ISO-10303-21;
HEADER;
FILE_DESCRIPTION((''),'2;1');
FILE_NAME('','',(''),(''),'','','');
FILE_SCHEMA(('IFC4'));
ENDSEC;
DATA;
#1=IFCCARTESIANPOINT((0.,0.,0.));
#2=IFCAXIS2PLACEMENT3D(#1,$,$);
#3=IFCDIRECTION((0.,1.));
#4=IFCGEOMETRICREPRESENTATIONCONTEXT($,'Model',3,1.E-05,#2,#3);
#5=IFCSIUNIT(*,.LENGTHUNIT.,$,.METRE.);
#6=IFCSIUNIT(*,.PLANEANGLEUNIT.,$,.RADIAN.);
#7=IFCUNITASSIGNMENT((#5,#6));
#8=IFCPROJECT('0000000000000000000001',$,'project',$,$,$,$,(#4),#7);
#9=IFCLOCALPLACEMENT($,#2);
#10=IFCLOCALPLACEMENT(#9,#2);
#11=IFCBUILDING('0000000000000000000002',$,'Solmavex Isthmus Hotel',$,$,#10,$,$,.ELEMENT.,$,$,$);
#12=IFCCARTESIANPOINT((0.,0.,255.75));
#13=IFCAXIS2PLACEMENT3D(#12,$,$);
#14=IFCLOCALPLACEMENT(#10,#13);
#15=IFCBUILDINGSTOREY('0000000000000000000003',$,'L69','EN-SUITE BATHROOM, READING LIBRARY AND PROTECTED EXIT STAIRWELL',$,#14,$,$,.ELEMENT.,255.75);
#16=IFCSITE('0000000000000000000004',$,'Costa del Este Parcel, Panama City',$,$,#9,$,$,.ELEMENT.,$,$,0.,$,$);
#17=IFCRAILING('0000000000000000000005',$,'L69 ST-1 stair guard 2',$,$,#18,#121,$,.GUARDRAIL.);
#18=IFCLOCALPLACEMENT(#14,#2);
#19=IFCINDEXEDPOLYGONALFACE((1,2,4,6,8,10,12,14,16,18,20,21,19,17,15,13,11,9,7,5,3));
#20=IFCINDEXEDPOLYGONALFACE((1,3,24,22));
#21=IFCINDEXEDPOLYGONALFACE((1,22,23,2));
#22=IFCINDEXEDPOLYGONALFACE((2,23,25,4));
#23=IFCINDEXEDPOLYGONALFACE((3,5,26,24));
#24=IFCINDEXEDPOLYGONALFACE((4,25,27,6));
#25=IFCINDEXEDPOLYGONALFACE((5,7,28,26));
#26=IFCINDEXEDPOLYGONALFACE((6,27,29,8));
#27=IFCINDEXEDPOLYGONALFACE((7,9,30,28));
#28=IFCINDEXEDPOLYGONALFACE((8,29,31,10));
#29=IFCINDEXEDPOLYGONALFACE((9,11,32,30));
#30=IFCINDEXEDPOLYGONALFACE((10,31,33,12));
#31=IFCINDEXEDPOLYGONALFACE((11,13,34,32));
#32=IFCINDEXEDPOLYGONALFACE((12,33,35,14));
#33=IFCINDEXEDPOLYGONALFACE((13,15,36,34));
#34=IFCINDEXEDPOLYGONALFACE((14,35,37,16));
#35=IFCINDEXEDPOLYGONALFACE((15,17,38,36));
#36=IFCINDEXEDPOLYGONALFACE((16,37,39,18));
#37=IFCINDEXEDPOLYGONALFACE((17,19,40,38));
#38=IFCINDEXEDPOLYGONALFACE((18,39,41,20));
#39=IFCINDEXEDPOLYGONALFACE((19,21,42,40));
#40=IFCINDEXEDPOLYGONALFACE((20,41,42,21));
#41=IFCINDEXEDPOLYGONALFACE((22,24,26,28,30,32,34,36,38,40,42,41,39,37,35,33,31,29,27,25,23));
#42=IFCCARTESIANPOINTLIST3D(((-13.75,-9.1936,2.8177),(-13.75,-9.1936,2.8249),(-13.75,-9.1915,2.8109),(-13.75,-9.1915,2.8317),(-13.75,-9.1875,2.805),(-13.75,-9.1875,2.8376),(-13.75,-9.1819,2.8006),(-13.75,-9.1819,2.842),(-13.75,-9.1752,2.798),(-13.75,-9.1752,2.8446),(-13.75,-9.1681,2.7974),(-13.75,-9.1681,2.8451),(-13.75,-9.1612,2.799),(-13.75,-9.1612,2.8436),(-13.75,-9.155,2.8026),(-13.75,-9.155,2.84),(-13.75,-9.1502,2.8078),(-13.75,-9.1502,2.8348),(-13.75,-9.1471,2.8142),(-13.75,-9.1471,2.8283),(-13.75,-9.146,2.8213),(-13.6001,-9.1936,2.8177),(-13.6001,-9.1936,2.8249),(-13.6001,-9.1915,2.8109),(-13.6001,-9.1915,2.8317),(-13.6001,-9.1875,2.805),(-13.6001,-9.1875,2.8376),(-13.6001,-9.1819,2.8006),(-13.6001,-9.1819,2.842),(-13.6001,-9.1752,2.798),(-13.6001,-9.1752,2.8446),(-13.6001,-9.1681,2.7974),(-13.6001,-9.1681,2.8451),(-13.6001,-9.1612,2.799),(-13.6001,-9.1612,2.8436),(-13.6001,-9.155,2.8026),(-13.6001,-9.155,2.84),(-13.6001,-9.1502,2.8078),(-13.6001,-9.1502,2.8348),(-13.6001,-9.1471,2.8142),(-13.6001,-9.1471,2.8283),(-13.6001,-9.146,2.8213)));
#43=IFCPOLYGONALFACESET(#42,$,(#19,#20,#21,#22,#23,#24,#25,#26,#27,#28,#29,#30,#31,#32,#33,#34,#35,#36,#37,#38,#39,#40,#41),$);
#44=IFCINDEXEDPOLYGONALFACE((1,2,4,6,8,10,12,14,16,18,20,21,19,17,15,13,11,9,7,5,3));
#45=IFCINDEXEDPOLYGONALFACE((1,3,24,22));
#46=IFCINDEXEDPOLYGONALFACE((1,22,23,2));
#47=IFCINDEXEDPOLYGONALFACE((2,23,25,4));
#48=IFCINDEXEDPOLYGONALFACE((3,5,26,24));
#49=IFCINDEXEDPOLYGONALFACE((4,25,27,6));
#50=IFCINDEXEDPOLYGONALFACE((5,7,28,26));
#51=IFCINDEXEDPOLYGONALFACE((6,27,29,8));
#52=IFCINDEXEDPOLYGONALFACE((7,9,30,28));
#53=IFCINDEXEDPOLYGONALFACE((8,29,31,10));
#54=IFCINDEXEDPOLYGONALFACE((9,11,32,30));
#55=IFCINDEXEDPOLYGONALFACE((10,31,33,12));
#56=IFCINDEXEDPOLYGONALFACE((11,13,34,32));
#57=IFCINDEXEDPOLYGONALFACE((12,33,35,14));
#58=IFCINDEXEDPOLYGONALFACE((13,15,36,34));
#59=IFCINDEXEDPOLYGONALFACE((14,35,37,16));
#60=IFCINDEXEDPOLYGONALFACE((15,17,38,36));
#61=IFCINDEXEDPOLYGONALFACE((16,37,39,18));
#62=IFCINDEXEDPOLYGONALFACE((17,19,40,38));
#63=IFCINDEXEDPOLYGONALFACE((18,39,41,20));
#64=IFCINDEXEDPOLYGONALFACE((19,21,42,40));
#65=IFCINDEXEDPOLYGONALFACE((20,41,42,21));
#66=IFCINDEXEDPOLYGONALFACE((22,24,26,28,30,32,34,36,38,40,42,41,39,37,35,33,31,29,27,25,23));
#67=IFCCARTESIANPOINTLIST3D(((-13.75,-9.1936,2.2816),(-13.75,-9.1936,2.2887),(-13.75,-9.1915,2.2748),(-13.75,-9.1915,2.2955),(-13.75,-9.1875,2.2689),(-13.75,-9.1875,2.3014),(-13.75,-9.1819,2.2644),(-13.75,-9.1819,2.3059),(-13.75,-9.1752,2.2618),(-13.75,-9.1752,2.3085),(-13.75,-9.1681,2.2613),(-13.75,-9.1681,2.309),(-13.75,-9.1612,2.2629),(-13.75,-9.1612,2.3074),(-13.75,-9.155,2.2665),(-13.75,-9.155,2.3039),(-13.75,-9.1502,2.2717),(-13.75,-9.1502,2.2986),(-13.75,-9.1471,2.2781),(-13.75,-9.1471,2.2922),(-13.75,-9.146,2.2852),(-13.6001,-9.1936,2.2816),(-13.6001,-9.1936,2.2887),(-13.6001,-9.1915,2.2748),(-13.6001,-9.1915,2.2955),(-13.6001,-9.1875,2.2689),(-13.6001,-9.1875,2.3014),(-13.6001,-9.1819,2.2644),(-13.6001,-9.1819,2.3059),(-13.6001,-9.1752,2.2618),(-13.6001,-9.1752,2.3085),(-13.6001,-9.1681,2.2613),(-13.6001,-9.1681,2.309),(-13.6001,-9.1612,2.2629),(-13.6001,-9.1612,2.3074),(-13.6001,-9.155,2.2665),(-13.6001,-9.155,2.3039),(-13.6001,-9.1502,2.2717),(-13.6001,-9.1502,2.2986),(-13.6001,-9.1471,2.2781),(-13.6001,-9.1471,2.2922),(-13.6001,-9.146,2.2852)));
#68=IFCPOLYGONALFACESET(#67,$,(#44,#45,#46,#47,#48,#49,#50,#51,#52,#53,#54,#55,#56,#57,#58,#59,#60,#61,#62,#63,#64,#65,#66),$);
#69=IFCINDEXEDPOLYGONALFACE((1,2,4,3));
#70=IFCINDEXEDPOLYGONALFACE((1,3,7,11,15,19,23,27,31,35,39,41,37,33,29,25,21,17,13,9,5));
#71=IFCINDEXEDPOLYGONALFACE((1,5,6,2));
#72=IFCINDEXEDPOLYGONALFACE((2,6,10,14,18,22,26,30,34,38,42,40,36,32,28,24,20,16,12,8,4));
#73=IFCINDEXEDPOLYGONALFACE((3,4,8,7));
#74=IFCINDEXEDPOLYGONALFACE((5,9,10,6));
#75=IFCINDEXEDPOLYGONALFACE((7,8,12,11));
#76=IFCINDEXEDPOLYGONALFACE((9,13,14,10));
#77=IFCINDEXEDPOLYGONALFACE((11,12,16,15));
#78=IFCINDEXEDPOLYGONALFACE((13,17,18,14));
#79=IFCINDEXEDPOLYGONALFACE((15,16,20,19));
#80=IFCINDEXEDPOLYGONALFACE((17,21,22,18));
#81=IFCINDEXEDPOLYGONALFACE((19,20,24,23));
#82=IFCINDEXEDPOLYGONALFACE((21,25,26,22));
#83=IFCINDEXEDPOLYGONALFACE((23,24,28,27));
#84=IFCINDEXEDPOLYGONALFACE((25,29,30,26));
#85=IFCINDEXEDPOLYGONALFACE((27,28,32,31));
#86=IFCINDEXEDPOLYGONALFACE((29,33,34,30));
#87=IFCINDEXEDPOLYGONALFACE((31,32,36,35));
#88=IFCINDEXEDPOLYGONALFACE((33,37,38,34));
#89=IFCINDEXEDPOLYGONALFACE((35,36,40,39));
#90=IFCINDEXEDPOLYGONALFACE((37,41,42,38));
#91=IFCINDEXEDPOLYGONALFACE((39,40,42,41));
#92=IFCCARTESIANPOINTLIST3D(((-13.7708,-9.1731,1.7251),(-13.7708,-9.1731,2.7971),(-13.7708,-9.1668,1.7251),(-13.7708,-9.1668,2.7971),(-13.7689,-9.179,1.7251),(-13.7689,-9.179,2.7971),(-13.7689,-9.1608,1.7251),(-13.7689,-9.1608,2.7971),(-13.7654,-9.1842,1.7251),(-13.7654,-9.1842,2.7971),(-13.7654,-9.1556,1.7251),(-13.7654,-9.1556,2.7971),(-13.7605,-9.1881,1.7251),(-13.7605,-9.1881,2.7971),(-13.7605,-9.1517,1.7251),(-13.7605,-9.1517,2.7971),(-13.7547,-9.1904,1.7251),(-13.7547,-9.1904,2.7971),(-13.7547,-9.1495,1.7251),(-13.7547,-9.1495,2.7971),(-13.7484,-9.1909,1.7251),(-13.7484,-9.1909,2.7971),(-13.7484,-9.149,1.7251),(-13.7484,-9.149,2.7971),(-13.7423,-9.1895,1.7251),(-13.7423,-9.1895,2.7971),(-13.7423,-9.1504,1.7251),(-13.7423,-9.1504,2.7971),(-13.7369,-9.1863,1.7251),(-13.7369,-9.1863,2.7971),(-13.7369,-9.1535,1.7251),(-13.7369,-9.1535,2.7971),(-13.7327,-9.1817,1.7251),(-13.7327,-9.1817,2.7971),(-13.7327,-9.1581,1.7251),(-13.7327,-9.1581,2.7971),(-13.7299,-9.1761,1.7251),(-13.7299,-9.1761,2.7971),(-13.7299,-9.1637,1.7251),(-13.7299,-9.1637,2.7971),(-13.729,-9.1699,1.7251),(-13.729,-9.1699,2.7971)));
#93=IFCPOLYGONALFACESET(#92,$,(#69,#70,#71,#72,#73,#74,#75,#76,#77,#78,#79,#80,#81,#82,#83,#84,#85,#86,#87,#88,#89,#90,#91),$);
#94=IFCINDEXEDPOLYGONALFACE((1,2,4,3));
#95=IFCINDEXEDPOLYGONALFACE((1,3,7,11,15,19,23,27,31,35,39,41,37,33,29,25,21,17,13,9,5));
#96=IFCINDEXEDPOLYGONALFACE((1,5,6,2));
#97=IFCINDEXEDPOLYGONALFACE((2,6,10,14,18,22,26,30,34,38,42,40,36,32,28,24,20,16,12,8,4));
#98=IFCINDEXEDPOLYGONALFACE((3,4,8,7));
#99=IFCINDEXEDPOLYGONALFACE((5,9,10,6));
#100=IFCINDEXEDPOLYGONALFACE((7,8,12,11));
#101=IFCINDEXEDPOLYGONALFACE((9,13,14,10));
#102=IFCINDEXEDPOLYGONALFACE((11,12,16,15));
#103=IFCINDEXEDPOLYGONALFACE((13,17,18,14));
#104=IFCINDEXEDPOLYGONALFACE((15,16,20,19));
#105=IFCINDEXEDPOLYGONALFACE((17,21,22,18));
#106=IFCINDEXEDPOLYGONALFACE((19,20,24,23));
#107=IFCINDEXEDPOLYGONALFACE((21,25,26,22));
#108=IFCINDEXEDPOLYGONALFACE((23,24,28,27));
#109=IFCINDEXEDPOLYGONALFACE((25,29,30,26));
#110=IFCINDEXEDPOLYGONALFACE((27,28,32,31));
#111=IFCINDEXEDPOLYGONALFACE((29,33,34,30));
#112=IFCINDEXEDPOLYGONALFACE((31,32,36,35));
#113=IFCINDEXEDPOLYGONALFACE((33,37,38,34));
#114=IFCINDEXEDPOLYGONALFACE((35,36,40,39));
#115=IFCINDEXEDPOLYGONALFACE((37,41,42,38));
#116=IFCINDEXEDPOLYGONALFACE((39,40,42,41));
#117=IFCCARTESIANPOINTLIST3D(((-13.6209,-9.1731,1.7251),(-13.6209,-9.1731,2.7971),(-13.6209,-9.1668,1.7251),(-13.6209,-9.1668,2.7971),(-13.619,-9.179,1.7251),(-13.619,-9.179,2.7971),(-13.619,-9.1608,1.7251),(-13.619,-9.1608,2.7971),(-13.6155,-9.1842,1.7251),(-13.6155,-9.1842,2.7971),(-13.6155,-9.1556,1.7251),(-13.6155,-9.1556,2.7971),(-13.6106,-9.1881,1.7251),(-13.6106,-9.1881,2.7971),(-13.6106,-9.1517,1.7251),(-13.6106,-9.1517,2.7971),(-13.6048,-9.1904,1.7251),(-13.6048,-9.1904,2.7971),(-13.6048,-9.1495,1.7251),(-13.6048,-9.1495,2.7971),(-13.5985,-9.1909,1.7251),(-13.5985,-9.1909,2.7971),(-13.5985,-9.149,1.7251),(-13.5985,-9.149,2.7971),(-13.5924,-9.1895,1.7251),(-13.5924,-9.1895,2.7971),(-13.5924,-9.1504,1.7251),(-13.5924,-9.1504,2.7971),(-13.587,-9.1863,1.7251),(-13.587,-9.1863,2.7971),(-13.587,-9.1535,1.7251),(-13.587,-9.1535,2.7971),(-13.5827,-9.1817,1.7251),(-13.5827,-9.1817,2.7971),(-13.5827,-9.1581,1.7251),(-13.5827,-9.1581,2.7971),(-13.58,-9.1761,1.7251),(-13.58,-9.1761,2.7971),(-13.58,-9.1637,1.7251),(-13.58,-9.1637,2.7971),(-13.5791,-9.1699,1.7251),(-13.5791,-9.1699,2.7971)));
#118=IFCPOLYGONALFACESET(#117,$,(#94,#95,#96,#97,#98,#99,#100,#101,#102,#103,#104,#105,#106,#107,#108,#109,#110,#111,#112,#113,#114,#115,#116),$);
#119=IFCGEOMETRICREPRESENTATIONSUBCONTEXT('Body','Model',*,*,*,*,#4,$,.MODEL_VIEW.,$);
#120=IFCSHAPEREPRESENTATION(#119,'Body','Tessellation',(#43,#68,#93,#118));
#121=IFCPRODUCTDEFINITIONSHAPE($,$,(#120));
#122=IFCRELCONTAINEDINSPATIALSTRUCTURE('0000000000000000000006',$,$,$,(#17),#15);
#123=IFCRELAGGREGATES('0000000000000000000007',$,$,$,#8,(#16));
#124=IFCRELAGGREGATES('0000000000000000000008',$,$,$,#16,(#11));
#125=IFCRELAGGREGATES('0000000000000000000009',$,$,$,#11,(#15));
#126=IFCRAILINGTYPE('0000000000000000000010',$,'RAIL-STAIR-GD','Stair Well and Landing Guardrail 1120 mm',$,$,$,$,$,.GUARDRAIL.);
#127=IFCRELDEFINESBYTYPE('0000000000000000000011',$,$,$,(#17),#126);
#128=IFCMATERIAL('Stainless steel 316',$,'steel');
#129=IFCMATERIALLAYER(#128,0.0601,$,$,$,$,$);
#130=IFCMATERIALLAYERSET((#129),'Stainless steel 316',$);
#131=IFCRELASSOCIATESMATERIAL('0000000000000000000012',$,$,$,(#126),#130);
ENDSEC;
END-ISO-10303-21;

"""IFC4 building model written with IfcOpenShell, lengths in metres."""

from ifc_helpers import new_model, si_unit, direction, frame, origin, origin_2d, place, context, subcontext, project, spatial, circle, extrude, material, layer, layer_set, type_object, element, save


model = new_model("IFC4")

# Units and contexts
model_context = context("Model", 3, precision=1e-05, world=origin(), true_north=direction((0.0, 1.0)))
body_context = subcontext(model_context, "Body", "Model", "MODEL_VIEW")
ifc_project = project(units=[si_unit("LENGTHUNIT", "METRE"), si_unit("PLANEANGLEUNIT", "RADIAN")], contexts=[model_context])

# Site, building, storey
site_placement = place(None, origin())
site = spatial("IfcSite", under=ifc_project, at=site_placement, Name="Costa del Este Parcel, Panama City", CompositionType="ELEMENT", RefElevation=0.0)
building_placement = place(site_placement, origin())
building = spatial("IfcBuilding", under=site, at=building_placement, Name="Solmavex Isthmus Hotel", CompositionType="ELEMENT")
storey_placement = place(building_placement, frame((0.0, 0.0, 255.75)))
storey = spatial("IfcBuildingStorey", under=building, at=storey_placement, Name="L69", Description="EN-SUITE BATHROOM, READING LIBRARY AND PROTECTED EXIT STAIRWELL", CompositionType="ELEMENT", Elevation=255.75)

# Railing
ifc_material_1 = material(Name="Stainless steel 316", Category="steel")
ifc_layer_1 = layer(ifc_material_1, 0.0601)
ifc_layer_set_1 = layer_set([ifc_layer_1], Name="Stainless steel 316")
railing_type_1 = type_object("IfcRailingType", Name="RAIL-STAIR-GD", Description="Stair Well and Landing Guardrail 1120 mm", PredefinedType="GUARDRAIL", material=ifc_layer_set_1)
railing_1_placement = place(storey_placement, frame((-13.75, -9.1699, 1.7251)))
element("IfcRailing", 1, at=railing_1_placement, inside=storey, type_object=railing_type_1, Name="L69 ST-1 stair guard 2", PredefinedType="GUARDRAIL", context=body_context, shape_type="SweptSolid", body=[
    extrude(circle(Radius=0.0239, at=origin_2d()), frame((0.0, 0.0, 1.0962), z_axis=(1.0, 0.0, 0.0), x_axis=(0.0, 1.0, 0.0)), (0.0, 0.0, 1.0), 0.1499),
    extrude(circle(Radius=0.0239, at=origin_2d()), frame((0.0, 0.0, 0.5601), z_axis=(1.0, 0.0, 0.0), x_axis=(0.0, 1.0, 0.0)), (0.0, 0.0, 1.0), 0.1499),
    extrude(circle(Radius=0.021, at=origin_2d()), origin(), (0.0, 0.0, 1.0), 1.072),
    extrude(circle(Radius=0.021, at=origin_2d()), frame((0.1499, 0.0, 0.0)), (0.0, 0.0, 1.0), 1.072),
])

save(model, "model.ifc")
